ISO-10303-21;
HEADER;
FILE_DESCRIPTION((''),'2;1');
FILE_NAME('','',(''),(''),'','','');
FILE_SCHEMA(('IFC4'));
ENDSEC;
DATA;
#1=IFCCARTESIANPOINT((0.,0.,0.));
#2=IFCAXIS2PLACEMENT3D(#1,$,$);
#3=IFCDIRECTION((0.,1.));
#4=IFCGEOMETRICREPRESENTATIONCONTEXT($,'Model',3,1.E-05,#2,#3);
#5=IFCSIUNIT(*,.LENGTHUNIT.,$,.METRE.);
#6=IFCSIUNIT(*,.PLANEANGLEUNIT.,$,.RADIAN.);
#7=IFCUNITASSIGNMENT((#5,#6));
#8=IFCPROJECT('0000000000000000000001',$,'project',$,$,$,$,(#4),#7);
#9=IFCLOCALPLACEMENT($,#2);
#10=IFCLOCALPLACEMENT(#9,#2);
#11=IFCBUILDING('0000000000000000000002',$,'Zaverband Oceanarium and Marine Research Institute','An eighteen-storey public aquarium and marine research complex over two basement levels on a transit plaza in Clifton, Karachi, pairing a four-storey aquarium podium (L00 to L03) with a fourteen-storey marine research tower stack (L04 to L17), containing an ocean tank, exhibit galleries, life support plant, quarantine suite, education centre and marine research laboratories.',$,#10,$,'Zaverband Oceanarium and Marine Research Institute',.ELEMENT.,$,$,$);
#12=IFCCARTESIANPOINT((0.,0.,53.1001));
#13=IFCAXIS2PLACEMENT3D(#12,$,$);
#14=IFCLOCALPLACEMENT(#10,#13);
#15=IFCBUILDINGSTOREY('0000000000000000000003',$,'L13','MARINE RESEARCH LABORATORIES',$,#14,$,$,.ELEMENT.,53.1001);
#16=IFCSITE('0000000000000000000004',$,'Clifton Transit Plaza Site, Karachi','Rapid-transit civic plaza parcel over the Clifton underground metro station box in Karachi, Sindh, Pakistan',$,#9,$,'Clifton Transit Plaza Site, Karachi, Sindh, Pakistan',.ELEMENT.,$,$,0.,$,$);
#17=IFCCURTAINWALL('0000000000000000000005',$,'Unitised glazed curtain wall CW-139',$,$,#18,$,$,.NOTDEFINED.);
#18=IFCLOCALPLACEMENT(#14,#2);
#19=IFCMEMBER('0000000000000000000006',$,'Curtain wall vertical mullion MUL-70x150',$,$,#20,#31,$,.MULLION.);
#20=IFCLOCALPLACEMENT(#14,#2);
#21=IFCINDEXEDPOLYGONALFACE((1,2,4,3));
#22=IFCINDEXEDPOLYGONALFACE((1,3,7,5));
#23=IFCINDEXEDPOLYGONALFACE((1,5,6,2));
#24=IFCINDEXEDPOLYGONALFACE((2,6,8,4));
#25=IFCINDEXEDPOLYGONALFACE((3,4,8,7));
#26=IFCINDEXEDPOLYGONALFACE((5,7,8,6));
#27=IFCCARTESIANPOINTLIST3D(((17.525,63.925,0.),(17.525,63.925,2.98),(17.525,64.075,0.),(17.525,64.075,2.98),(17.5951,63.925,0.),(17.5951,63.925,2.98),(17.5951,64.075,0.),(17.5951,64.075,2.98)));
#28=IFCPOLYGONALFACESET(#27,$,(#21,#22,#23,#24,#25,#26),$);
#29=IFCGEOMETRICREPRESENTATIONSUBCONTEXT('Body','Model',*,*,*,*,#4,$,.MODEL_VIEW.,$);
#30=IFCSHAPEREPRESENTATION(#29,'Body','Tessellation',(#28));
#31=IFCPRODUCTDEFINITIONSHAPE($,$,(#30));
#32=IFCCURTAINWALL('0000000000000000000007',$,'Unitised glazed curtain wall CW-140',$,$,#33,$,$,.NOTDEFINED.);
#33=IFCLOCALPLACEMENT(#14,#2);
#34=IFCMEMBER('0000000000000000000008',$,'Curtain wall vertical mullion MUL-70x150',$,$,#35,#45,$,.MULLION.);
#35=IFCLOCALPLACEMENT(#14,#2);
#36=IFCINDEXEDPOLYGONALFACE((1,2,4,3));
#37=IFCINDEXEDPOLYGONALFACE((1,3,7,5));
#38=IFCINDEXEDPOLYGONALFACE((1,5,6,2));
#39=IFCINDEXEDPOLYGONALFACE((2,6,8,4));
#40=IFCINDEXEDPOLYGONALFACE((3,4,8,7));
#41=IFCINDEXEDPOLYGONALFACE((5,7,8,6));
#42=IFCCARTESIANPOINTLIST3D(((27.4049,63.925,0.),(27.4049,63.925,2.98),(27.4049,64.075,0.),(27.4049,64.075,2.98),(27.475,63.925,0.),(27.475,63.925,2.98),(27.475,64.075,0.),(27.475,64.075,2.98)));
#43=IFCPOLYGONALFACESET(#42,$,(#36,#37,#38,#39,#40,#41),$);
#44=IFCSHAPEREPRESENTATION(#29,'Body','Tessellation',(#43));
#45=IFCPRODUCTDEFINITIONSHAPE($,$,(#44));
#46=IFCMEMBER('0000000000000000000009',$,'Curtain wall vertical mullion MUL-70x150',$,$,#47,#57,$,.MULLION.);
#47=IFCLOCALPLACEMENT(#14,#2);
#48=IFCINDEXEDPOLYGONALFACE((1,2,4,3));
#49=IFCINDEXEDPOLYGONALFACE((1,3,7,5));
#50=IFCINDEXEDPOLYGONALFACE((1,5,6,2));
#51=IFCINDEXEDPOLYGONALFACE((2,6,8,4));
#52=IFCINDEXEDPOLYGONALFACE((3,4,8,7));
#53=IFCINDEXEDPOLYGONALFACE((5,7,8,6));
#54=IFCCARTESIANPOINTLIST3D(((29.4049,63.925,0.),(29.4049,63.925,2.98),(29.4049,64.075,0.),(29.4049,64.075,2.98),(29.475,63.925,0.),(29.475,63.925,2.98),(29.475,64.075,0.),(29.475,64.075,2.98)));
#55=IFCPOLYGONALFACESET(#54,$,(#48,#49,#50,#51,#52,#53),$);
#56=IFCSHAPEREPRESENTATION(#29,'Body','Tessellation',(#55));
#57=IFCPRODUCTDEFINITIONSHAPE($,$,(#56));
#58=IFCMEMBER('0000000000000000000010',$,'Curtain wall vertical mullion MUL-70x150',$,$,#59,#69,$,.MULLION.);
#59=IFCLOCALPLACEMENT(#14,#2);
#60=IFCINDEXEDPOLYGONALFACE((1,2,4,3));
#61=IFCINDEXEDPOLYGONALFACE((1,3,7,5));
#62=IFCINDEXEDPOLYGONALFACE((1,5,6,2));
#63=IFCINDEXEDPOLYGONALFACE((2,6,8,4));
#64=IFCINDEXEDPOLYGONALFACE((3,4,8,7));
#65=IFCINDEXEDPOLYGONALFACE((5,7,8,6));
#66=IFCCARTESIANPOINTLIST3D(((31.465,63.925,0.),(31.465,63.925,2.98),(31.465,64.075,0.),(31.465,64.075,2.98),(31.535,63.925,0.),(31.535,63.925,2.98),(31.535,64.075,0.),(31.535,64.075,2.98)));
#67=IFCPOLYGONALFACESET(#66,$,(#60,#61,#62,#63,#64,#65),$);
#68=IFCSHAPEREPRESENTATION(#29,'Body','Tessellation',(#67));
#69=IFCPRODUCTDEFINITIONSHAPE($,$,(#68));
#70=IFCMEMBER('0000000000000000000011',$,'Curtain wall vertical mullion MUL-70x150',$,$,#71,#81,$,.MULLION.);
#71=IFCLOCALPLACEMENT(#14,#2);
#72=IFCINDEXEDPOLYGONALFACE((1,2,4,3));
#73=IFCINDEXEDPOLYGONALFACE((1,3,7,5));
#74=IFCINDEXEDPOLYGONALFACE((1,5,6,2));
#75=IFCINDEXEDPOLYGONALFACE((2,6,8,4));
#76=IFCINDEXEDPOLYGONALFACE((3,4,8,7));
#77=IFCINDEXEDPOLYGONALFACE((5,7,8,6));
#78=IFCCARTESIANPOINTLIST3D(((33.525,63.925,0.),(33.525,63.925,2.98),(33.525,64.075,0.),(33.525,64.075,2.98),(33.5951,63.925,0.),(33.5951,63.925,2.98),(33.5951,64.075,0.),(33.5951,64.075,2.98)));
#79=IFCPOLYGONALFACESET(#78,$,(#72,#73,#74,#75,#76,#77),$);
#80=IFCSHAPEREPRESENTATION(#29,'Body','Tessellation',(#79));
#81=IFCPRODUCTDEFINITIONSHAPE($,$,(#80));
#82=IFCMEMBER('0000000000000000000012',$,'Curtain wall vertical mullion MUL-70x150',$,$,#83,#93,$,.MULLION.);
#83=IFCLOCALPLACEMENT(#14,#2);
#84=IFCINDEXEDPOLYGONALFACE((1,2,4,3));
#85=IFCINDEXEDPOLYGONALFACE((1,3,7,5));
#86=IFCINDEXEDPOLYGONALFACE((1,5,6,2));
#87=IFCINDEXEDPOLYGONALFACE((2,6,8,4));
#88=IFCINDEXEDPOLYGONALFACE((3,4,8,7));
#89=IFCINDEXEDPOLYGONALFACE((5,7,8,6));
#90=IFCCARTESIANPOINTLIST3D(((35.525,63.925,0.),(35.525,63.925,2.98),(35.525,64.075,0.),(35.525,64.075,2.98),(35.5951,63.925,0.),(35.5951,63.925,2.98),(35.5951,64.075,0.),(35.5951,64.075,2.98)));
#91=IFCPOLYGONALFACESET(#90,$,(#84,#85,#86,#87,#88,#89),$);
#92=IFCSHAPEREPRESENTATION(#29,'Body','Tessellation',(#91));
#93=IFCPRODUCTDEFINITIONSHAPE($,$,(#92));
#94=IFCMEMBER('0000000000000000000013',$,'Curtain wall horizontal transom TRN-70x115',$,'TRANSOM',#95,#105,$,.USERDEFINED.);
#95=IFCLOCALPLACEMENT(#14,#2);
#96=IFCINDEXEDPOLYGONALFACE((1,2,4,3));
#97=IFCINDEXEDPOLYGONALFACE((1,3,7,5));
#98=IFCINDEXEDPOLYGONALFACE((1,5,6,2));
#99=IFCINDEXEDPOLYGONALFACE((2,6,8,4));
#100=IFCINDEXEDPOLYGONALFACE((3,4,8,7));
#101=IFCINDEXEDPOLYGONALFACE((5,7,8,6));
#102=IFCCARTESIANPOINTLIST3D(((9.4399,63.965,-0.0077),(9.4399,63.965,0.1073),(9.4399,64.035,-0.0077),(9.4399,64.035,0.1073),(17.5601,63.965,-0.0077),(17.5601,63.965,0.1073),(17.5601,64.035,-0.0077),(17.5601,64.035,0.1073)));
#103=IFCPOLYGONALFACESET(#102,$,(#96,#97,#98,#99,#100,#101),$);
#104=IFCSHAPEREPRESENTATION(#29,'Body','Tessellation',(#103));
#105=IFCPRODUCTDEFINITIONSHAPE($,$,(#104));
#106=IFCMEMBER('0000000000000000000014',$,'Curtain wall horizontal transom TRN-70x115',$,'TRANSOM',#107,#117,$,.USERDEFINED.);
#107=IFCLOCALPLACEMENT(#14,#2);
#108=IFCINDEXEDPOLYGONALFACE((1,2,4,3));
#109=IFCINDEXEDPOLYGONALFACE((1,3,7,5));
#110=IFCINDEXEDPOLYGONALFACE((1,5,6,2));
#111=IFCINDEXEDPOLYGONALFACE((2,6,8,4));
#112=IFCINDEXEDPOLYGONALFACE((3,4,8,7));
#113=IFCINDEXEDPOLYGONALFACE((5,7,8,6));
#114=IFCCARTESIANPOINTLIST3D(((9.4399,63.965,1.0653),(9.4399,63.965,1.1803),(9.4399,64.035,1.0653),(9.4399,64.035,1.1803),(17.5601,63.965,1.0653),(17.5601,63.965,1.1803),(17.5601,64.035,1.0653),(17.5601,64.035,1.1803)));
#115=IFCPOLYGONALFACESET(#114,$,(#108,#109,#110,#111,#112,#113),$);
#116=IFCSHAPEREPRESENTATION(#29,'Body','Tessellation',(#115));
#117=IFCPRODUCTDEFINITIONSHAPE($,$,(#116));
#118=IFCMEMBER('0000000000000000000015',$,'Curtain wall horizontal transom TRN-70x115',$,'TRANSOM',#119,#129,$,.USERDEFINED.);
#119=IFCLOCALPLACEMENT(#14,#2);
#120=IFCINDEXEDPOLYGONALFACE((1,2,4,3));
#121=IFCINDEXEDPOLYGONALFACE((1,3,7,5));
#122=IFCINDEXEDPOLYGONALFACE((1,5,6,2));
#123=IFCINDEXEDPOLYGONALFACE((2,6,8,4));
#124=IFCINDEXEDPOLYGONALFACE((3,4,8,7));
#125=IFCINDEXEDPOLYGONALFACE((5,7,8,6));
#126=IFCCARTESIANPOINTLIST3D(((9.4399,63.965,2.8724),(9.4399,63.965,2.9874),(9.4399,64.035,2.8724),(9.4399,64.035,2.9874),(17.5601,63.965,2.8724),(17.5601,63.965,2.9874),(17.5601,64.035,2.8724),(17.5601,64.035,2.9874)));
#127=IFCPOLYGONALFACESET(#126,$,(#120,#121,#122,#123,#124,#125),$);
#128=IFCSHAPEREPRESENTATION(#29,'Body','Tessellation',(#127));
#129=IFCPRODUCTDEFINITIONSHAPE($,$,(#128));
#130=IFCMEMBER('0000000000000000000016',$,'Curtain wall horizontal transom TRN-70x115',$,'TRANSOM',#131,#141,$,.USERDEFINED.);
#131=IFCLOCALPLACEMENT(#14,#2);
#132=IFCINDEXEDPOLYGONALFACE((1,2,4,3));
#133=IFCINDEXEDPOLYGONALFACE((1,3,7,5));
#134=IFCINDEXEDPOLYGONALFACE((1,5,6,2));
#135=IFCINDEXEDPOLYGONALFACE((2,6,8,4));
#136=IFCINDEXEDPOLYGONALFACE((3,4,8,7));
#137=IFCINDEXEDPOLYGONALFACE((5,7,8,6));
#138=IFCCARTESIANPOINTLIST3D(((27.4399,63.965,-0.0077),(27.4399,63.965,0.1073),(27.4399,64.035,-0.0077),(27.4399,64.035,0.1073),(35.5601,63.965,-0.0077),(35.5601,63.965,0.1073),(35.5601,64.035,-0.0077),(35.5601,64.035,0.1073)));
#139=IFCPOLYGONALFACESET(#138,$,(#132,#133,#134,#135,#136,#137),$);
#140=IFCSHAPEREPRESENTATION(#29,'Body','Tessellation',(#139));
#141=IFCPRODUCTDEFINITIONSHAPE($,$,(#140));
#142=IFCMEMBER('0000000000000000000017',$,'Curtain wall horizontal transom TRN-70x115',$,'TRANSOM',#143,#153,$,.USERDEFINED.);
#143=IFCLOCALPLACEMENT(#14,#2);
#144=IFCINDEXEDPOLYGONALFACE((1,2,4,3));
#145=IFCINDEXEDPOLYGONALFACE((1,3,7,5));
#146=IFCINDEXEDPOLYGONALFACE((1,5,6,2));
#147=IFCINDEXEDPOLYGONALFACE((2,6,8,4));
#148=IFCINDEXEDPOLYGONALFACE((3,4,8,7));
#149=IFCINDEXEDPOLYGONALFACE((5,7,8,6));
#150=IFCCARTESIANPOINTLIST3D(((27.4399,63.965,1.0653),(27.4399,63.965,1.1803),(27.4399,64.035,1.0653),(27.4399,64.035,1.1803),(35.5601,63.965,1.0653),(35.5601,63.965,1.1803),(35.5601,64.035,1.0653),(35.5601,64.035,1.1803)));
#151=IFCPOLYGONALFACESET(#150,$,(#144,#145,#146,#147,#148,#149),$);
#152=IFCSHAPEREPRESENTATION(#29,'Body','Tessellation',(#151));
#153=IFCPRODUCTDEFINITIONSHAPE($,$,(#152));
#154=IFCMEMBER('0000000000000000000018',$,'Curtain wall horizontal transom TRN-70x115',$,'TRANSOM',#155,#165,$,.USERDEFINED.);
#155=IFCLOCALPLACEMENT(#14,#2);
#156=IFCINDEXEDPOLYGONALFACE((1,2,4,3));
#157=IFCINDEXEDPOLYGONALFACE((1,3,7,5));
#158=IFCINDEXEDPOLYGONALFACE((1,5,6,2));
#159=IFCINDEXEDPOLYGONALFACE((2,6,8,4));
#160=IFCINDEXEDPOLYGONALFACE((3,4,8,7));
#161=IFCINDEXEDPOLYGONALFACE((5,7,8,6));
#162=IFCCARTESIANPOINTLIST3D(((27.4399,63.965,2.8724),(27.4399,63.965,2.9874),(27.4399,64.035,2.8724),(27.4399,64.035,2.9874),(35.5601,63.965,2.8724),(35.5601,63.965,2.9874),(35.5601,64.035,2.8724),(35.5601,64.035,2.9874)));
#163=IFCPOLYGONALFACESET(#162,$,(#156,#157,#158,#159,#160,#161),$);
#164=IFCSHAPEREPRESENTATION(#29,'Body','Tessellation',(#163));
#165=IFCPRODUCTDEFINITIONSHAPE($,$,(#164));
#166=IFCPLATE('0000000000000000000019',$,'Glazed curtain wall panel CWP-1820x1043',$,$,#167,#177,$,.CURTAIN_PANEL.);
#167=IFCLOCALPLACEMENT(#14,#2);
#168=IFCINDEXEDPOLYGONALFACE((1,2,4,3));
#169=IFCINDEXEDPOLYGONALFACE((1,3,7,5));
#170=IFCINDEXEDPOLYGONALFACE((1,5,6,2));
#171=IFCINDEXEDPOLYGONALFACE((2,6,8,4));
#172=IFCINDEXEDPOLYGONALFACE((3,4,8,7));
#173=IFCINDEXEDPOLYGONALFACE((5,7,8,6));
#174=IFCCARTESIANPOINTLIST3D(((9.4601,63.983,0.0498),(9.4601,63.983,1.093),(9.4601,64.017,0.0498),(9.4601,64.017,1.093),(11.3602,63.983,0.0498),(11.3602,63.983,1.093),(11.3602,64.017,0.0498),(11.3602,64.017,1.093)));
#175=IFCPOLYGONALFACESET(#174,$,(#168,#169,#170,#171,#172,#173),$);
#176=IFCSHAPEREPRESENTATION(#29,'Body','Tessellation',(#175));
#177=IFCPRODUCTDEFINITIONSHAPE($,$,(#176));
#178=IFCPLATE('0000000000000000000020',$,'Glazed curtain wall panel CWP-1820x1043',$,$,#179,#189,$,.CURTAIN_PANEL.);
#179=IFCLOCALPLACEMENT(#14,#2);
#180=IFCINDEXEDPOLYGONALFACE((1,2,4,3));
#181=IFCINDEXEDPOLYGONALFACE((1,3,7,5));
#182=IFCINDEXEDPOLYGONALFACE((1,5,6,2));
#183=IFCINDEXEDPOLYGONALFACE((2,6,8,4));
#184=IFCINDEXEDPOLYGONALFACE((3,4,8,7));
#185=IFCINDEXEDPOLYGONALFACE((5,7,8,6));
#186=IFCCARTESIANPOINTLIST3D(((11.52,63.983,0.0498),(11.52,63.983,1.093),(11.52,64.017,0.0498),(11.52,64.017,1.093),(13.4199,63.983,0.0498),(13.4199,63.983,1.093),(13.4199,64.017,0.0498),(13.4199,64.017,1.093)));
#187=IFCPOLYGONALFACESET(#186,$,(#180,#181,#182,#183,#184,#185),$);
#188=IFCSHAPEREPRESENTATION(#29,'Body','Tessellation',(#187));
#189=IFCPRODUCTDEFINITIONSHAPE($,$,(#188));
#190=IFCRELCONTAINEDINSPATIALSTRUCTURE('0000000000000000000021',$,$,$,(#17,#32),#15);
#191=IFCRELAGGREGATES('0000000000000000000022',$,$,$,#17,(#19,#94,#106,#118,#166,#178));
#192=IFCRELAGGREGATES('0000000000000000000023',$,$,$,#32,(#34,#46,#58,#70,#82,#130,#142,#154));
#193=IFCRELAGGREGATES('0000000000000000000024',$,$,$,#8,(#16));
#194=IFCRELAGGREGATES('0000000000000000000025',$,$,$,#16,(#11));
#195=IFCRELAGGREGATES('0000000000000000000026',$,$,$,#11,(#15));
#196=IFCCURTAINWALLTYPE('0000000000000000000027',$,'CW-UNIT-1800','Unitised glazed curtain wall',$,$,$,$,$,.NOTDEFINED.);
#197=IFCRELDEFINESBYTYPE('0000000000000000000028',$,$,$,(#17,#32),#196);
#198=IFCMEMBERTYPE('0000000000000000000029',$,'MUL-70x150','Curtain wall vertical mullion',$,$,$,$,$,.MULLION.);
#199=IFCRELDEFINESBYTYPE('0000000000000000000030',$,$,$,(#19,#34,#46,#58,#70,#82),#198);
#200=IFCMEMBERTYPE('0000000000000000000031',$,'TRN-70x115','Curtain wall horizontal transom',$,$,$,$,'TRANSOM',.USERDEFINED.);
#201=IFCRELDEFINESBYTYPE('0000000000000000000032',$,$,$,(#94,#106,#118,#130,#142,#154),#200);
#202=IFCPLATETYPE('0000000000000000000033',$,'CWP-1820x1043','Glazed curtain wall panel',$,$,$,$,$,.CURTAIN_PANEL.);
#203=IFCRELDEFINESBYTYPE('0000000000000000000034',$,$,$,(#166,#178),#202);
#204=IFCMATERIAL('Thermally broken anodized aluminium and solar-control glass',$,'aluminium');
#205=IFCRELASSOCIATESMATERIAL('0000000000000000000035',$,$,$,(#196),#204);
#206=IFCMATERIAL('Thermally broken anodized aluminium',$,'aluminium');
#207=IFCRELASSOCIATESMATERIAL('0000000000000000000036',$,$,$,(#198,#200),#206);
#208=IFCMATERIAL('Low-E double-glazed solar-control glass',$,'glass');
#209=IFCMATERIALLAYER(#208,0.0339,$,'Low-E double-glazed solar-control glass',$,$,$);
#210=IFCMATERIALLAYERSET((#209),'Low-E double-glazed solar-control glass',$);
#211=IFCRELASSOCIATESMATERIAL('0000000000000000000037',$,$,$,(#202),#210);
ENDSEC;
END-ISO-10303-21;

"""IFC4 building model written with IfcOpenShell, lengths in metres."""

from ifc_helpers import new_model, si_unit, direction, frame, frame_2d, origin, origin_2d, place, context, subcontext, project, spatial, rectangle, extrude, material, layer, layer_set, material_profile, profile_set, type_object, element, aggregate, save


model = new_model("IFC4")

# Units and contexts
model_context = context("Model", 3, precision=1e-05, world=origin(), true_north=direction((0.0, 1.0)))
body_context = subcontext(model_context, "Body", "Model", "MODEL_VIEW")
ifc_project = project(units=[si_unit("LENGTHUNIT", "METRE"), si_unit("PLANEANGLEUNIT", "RADIAN")], contexts=[model_context])

# Site, building, storey
site_placement = place(None, origin())
site = spatial("IfcSite", under=ifc_project, at=site_placement, Name="Clifton Transit Plaza Site, Karachi", Description="Rapid-transit civic plaza parcel over the Clifton underground metro station box in Karachi, Sindh, Pakistan", LongName="Clifton Transit Plaza Site, Karachi, Sindh, Pakistan", CompositionType="ELEMENT", RefElevation=0.0)
building_placement = place(site_placement, origin())
building = spatial("IfcBuilding", under=site, at=building_placement, Name="Zaverband Oceanarium and Marine Research Institute", Description="An eighteen-storey public aquarium and marine research complex over two basement levels on a transit plaza in Clifton, Karachi, pairing a four-storey aquarium podium (L00 to L03) with a fourteen-storey marine research tower stack (L04 to L17), containing an ocean tank, exhibit galleries, life support plant, quarantine suite, education centre and marine research laboratories.", LongName="Zaverband Oceanarium and Marine Research Institute", CompositionType="ELEMENT")
storey_placement = place(building_placement, frame((0.0, 0.0, 53.1001)))
storey = spatial("IfcBuildingStorey", under=building, at=storey_placement, Name="L13", Description="MARINE RESEARCH LABORATORIES", CompositionType="ELEMENT", Elevation=53.1001)

# Curtain wall, member
ifc_material_1 = material(Name="Thermally broken anodized aluminium and solar-control glass", Category="aluminium")
curtain_wall_type = type_object("IfcCurtainWallType", Name="CW-UNIT-1800", Description="Unitised glazed curtain wall", PredefinedType="NOTDEFINED", material=ifc_material_1)
curtain_wall_1_placement = place(storey_placement, origin())
curtain_wall_1 = element("IfcCurtainWall", 1, at=curtain_wall_1_placement, inside=storey, type_object=curtain_wall_type, Name="Unitised glazed curtain wall CW-139", PredefinedType="NOTDEFINED")
ifc_material_2 = material(Name="Thermally broken anodized aluminium", Category="aluminium")
ifc_material_profile_1 = material_profile(ifc_material_2, rectangle(XDim=0.0701, YDim=0.1499, at=origin_2d()), Name="AL-MUL-70x150")
ifc_profile_set_1 = profile_set([ifc_material_profile_1], Name="Thermally broken anodized aluminium")
member_type_1 = type_object("IfcMemberType", Name="MUL-70x150", Description="Curtain wall vertical mullion", PredefinedType="MULLION", material=ifc_profile_set_1)
member_1_placement = place(storey_placement, frame((17.5601, 64.0, 0.0), z_axis=(0.0, 0.0, 1.0), x_axis=(1.0, 0.0, 0.0)))
member_1 = element("IfcMember", 2, at=member_1_placement, type_object=member_type_1, Name="Curtain wall vertical mullion MUL-70x150", PredefinedType="MULLION", context=body_context, shape_type="SweptSolid", body=[
    extrude(rectangle(XDim=0.0701, YDim=0.1499, at=origin_2d()), origin(), (0.0, 0.0, 1.0), 2.98),
])

# Curtain wall, members
curtain_wall_2_placement = place(storey_placement, origin())
curtain_wall_2 = element("IfcCurtainWall", 3, at=curtain_wall_2_placement, inside=storey, type_object=curtain_wall_type, Name="Unitised glazed curtain wall CW-140", PredefinedType="NOTDEFINED")
member_2_placement = place(storey_placement, frame((27.4399, 64.0, 0.0), z_axis=(0.0, 0.0, 1.0), x_axis=(1.0, 0.0, 0.0)))
member_2 = element("IfcMember", 4, at=member_2_placement, type_object=member_type_1, Name="Curtain wall vertical mullion MUL-70x150", PredefinedType="MULLION", context=body_context, shape_type="SweptSolid", body=[
    extrude(rectangle(XDim=0.0701, YDim=0.1499, at=origin_2d()), origin(), (0.0, 0.0, 1.0), 2.98),
])
member_3_placement = place(storey_placement, frame((29.4399, 64.0, 0.0), z_axis=(0.0, 0.0, 1.0), x_axis=(1.0, 0.0, 0.0)))
member_3 = element("IfcMember", 5, at=member_3_placement, type_object=member_type_1, Name="Curtain wall vertical mullion MUL-70x150", PredefinedType="MULLION", context=body_context, shape_type="SweptSolid", body=[
    extrude(rectangle(XDim=0.0701, YDim=0.1499, at=origin_2d()), origin(), (0.0, 0.0, 1.0), 2.98),
])
member_4_placement = place(storey_placement, frame((31.5, 64.0, 0.0), z_axis=(0.0, 0.0, 1.0), x_axis=(1.0, 0.0, 0.0)))
member_4 = element("IfcMember", 6, at=member_4_placement, type_object=member_type_1, Name="Curtain wall vertical mullion MUL-70x150", PredefinedType="MULLION", context=body_context, shape_type="SweptSolid", body=[
    extrude(rectangle(XDim=0.0701, YDim=0.1499, at=origin_2d()), origin(), (0.0, 0.0, 1.0), 2.98),
])
member_5_placement = place(storey_placement, frame((33.5601, 64.0, 0.0), z_axis=(0.0, 0.0, 1.0), x_axis=(1.0, 0.0, 0.0)))
member_5 = element("IfcMember", 7, at=member_5_placement, type_object=member_type_1, Name="Curtain wall vertical mullion MUL-70x150", PredefinedType="MULLION", context=body_context, shape_type="SweptSolid", body=[
    extrude(rectangle(XDim=0.0701, YDim=0.1499, at=origin_2d()), origin(), (0.0, 0.0, 1.0), 2.98),
])
member_6_placement = place(storey_placement, frame((35.5601, 64.0, 0.0), z_axis=(0.0, 0.0, 1.0), x_axis=(1.0, 0.0, 0.0)))
member_6 = element("IfcMember", 8, at=member_6_placement, type_object=member_type_1, Name="Curtain wall vertical mullion MUL-70x150", PredefinedType="MULLION", context=body_context, shape_type="SweptSolid", body=[
    extrude(rectangle(XDim=0.0701, YDim=0.1499, at=origin_2d()), origin(), (0.0, 0.0, 1.0), 2.98),
])

# Members
ifc_material_profile_2 = material_profile(ifc_material_2, rectangle(XDim=0.0701, YDim=0.115, at=origin_2d()), Name="AL-TRN-70x115")
ifc_profile_set_2 = profile_set([ifc_material_profile_2], Name="Thermally broken anodized aluminium")
member_type_2 = type_object("IfcMemberType", Name="TRN-70x115", Description="Curtain wall horizontal transom", ElementType="TRANSOM", PredefinedType="USERDEFINED", material=ifc_profile_set_2)
member_7_placement = place(storey_placement, frame((9.4399, 64.0, 0.0498), z_axis=(1.0, 0.0, 0.0), x_axis=(0.0, 1.0, 0.0)))
member_7 = element("IfcMember", 9, at=member_7_placement, type_object=member_type_2, Name="Curtain wall horizontal transom TRN-70x115", ObjectType="TRANSOM", PredefinedType="USERDEFINED", context=body_context, shape_type="SweptSolid", body=[
    extrude(rectangle(XDim=0.0701, YDim=0.115, at=origin_2d()), origin(), (0.0, 0.0, 1.0), 8.1201),
])
member_8_placement = place(storey_placement, frame((9.4399, 64.0, 1.1228), z_axis=(1.0, 0.0, 0.0), x_axis=(0.0, 1.0, 0.0)))
member_8 = element("IfcMember", 10, at=member_8_placement, type_object=member_type_2, Name="Curtain wall horizontal transom TRN-70x115", ObjectType="TRANSOM", PredefinedType="USERDEFINED", context=body_context, shape_type="SweptSolid", body=[
    extrude(rectangle(XDim=0.0701, YDim=0.115, at=origin_2d()), origin(), (0.0, 0.0, 1.0), 8.1201),
])
member_9_placement = place(storey_placement, frame((9.4399, 64.0, 2.9299), z_axis=(1.0, 0.0, 0.0), x_axis=(0.0, 1.0, 0.0)))
member_9 = element("IfcMember", 11, at=member_9_placement, type_object=member_type_2, Name="Curtain wall horizontal transom TRN-70x115", ObjectType="TRANSOM", PredefinedType="USERDEFINED", context=body_context, shape_type="SweptSolid", body=[
    extrude(rectangle(XDim=0.0701, YDim=0.115, at=origin_2d()), origin(), (0.0, 0.0, 1.0), 8.1201),
])
member_10_placement = place(storey_placement, frame((27.4399, 64.0, 0.0498), z_axis=(1.0, 0.0, 0.0), x_axis=(0.0, 1.0, 0.0)))
member_10 = element("IfcMember", 12, at=member_10_placement, type_object=member_type_2, Name="Curtain wall horizontal transom TRN-70x115", ObjectType="TRANSOM", PredefinedType="USERDEFINED", context=body_context, shape_type="SweptSolid", body=[
    extrude(rectangle(XDim=0.0701, YDim=0.115, at=origin_2d()), origin(), (0.0, 0.0, 1.0), 8.1201),
])
member_11_placement = place(storey_placement, frame((27.4399, 64.0, 1.1228), z_axis=(1.0, 0.0, 0.0), x_axis=(0.0, 1.0, 0.0)))
member_11 = element("IfcMember", 13, at=member_11_placement, type_object=member_type_2, Name="Curtain wall horizontal transom TRN-70x115", ObjectType="TRANSOM", PredefinedType="USERDEFINED", context=body_context, shape_type="SweptSolid", body=[
    extrude(rectangle(XDim=0.0701, YDim=0.115, at=origin_2d()), origin(), (0.0, 0.0, 1.0), 8.1201),
])
member_12_placement = place(storey_placement, frame((27.4399, 64.0, 2.9299), z_axis=(1.0, 0.0, 0.0), x_axis=(0.0, 1.0, 0.0)))
member_12 = element("IfcMember", 14, at=member_12_placement, type_object=member_type_2, Name="Curtain wall horizontal transom TRN-70x115", ObjectType="TRANSOM", PredefinedType="USERDEFINED", context=body_context, shape_type="SweptSolid", body=[
    extrude(rectangle(XDim=0.0701, YDim=0.115, at=origin_2d()), origin(), (0.0, 0.0, 1.0), 8.1201),
])

# Plates
ifc_material_3 = material(Name="Low-E double-glazed solar-control glass", Category="glass")
ifc_layer_1 = layer(ifc_material_3, 0.0339, Name="Low-E double-glazed solar-control glass")
ifc_layer_set_1 = layer_set([ifc_layer_1], Name="Low-E double-glazed solar-control glass")
plate_type_1 = type_object("IfcPlateType", Name="CWP-1820x1043", Description="Glazed curtain wall panel", PredefinedType="CURTAIN_PANEL", material=ifc_layer_set_1)
plate_1_placement = place(storey_placement, frame((9.46, 64.0, 0.0498), z_axis=(0.0, 0.0, 1.0), x_axis=(1.0, 0.0, 0.0)))
plate_1 = element("IfcPlate", 15, at=plate_1_placement, type_object=plate_type_1, Name="Glazed curtain wall panel CWP-1820x1043", PredefinedType="CURTAIN_PANEL", context=body_context, shape_type="SweptSolid", body=[
    extrude(rectangle(XDim=1.9001, YDim=0.0339, at=frame_2d((0.9502, 0.0))), origin(), (0.0, 0.0, 1.0), 1.0432),
])
plate_2_placement = place(storey_placement, frame((11.52, 64.0, 0.0498), z_axis=(0.0, 0.0, 1.0), x_axis=(1.0, 0.0, 0.0)))
plate_2 = element("IfcPlate", 16, at=plate_2_placement, type_object=plate_type_1, Name="Glazed curtain wall panel CWP-1820x1043", PredefinedType="CURTAIN_PANEL", context=body_context, shape_type="SweptSolid", body=[
    extrude(rectangle(XDim=1.8999, YDim=0.0339, at=frame_2d((0.95, 0.0))), origin(), (0.0, 0.0, 1.0), 1.0432),
])
aggregate(curtain_wall_1, [member_1, member_7, member_8, member_9, plate_1, plate_2])
aggregate(curtain_wall_2, [member_2, member_3, member_4, member_5, member_6, member_10, member_11, member_12])

save(model, "model.ifc")
